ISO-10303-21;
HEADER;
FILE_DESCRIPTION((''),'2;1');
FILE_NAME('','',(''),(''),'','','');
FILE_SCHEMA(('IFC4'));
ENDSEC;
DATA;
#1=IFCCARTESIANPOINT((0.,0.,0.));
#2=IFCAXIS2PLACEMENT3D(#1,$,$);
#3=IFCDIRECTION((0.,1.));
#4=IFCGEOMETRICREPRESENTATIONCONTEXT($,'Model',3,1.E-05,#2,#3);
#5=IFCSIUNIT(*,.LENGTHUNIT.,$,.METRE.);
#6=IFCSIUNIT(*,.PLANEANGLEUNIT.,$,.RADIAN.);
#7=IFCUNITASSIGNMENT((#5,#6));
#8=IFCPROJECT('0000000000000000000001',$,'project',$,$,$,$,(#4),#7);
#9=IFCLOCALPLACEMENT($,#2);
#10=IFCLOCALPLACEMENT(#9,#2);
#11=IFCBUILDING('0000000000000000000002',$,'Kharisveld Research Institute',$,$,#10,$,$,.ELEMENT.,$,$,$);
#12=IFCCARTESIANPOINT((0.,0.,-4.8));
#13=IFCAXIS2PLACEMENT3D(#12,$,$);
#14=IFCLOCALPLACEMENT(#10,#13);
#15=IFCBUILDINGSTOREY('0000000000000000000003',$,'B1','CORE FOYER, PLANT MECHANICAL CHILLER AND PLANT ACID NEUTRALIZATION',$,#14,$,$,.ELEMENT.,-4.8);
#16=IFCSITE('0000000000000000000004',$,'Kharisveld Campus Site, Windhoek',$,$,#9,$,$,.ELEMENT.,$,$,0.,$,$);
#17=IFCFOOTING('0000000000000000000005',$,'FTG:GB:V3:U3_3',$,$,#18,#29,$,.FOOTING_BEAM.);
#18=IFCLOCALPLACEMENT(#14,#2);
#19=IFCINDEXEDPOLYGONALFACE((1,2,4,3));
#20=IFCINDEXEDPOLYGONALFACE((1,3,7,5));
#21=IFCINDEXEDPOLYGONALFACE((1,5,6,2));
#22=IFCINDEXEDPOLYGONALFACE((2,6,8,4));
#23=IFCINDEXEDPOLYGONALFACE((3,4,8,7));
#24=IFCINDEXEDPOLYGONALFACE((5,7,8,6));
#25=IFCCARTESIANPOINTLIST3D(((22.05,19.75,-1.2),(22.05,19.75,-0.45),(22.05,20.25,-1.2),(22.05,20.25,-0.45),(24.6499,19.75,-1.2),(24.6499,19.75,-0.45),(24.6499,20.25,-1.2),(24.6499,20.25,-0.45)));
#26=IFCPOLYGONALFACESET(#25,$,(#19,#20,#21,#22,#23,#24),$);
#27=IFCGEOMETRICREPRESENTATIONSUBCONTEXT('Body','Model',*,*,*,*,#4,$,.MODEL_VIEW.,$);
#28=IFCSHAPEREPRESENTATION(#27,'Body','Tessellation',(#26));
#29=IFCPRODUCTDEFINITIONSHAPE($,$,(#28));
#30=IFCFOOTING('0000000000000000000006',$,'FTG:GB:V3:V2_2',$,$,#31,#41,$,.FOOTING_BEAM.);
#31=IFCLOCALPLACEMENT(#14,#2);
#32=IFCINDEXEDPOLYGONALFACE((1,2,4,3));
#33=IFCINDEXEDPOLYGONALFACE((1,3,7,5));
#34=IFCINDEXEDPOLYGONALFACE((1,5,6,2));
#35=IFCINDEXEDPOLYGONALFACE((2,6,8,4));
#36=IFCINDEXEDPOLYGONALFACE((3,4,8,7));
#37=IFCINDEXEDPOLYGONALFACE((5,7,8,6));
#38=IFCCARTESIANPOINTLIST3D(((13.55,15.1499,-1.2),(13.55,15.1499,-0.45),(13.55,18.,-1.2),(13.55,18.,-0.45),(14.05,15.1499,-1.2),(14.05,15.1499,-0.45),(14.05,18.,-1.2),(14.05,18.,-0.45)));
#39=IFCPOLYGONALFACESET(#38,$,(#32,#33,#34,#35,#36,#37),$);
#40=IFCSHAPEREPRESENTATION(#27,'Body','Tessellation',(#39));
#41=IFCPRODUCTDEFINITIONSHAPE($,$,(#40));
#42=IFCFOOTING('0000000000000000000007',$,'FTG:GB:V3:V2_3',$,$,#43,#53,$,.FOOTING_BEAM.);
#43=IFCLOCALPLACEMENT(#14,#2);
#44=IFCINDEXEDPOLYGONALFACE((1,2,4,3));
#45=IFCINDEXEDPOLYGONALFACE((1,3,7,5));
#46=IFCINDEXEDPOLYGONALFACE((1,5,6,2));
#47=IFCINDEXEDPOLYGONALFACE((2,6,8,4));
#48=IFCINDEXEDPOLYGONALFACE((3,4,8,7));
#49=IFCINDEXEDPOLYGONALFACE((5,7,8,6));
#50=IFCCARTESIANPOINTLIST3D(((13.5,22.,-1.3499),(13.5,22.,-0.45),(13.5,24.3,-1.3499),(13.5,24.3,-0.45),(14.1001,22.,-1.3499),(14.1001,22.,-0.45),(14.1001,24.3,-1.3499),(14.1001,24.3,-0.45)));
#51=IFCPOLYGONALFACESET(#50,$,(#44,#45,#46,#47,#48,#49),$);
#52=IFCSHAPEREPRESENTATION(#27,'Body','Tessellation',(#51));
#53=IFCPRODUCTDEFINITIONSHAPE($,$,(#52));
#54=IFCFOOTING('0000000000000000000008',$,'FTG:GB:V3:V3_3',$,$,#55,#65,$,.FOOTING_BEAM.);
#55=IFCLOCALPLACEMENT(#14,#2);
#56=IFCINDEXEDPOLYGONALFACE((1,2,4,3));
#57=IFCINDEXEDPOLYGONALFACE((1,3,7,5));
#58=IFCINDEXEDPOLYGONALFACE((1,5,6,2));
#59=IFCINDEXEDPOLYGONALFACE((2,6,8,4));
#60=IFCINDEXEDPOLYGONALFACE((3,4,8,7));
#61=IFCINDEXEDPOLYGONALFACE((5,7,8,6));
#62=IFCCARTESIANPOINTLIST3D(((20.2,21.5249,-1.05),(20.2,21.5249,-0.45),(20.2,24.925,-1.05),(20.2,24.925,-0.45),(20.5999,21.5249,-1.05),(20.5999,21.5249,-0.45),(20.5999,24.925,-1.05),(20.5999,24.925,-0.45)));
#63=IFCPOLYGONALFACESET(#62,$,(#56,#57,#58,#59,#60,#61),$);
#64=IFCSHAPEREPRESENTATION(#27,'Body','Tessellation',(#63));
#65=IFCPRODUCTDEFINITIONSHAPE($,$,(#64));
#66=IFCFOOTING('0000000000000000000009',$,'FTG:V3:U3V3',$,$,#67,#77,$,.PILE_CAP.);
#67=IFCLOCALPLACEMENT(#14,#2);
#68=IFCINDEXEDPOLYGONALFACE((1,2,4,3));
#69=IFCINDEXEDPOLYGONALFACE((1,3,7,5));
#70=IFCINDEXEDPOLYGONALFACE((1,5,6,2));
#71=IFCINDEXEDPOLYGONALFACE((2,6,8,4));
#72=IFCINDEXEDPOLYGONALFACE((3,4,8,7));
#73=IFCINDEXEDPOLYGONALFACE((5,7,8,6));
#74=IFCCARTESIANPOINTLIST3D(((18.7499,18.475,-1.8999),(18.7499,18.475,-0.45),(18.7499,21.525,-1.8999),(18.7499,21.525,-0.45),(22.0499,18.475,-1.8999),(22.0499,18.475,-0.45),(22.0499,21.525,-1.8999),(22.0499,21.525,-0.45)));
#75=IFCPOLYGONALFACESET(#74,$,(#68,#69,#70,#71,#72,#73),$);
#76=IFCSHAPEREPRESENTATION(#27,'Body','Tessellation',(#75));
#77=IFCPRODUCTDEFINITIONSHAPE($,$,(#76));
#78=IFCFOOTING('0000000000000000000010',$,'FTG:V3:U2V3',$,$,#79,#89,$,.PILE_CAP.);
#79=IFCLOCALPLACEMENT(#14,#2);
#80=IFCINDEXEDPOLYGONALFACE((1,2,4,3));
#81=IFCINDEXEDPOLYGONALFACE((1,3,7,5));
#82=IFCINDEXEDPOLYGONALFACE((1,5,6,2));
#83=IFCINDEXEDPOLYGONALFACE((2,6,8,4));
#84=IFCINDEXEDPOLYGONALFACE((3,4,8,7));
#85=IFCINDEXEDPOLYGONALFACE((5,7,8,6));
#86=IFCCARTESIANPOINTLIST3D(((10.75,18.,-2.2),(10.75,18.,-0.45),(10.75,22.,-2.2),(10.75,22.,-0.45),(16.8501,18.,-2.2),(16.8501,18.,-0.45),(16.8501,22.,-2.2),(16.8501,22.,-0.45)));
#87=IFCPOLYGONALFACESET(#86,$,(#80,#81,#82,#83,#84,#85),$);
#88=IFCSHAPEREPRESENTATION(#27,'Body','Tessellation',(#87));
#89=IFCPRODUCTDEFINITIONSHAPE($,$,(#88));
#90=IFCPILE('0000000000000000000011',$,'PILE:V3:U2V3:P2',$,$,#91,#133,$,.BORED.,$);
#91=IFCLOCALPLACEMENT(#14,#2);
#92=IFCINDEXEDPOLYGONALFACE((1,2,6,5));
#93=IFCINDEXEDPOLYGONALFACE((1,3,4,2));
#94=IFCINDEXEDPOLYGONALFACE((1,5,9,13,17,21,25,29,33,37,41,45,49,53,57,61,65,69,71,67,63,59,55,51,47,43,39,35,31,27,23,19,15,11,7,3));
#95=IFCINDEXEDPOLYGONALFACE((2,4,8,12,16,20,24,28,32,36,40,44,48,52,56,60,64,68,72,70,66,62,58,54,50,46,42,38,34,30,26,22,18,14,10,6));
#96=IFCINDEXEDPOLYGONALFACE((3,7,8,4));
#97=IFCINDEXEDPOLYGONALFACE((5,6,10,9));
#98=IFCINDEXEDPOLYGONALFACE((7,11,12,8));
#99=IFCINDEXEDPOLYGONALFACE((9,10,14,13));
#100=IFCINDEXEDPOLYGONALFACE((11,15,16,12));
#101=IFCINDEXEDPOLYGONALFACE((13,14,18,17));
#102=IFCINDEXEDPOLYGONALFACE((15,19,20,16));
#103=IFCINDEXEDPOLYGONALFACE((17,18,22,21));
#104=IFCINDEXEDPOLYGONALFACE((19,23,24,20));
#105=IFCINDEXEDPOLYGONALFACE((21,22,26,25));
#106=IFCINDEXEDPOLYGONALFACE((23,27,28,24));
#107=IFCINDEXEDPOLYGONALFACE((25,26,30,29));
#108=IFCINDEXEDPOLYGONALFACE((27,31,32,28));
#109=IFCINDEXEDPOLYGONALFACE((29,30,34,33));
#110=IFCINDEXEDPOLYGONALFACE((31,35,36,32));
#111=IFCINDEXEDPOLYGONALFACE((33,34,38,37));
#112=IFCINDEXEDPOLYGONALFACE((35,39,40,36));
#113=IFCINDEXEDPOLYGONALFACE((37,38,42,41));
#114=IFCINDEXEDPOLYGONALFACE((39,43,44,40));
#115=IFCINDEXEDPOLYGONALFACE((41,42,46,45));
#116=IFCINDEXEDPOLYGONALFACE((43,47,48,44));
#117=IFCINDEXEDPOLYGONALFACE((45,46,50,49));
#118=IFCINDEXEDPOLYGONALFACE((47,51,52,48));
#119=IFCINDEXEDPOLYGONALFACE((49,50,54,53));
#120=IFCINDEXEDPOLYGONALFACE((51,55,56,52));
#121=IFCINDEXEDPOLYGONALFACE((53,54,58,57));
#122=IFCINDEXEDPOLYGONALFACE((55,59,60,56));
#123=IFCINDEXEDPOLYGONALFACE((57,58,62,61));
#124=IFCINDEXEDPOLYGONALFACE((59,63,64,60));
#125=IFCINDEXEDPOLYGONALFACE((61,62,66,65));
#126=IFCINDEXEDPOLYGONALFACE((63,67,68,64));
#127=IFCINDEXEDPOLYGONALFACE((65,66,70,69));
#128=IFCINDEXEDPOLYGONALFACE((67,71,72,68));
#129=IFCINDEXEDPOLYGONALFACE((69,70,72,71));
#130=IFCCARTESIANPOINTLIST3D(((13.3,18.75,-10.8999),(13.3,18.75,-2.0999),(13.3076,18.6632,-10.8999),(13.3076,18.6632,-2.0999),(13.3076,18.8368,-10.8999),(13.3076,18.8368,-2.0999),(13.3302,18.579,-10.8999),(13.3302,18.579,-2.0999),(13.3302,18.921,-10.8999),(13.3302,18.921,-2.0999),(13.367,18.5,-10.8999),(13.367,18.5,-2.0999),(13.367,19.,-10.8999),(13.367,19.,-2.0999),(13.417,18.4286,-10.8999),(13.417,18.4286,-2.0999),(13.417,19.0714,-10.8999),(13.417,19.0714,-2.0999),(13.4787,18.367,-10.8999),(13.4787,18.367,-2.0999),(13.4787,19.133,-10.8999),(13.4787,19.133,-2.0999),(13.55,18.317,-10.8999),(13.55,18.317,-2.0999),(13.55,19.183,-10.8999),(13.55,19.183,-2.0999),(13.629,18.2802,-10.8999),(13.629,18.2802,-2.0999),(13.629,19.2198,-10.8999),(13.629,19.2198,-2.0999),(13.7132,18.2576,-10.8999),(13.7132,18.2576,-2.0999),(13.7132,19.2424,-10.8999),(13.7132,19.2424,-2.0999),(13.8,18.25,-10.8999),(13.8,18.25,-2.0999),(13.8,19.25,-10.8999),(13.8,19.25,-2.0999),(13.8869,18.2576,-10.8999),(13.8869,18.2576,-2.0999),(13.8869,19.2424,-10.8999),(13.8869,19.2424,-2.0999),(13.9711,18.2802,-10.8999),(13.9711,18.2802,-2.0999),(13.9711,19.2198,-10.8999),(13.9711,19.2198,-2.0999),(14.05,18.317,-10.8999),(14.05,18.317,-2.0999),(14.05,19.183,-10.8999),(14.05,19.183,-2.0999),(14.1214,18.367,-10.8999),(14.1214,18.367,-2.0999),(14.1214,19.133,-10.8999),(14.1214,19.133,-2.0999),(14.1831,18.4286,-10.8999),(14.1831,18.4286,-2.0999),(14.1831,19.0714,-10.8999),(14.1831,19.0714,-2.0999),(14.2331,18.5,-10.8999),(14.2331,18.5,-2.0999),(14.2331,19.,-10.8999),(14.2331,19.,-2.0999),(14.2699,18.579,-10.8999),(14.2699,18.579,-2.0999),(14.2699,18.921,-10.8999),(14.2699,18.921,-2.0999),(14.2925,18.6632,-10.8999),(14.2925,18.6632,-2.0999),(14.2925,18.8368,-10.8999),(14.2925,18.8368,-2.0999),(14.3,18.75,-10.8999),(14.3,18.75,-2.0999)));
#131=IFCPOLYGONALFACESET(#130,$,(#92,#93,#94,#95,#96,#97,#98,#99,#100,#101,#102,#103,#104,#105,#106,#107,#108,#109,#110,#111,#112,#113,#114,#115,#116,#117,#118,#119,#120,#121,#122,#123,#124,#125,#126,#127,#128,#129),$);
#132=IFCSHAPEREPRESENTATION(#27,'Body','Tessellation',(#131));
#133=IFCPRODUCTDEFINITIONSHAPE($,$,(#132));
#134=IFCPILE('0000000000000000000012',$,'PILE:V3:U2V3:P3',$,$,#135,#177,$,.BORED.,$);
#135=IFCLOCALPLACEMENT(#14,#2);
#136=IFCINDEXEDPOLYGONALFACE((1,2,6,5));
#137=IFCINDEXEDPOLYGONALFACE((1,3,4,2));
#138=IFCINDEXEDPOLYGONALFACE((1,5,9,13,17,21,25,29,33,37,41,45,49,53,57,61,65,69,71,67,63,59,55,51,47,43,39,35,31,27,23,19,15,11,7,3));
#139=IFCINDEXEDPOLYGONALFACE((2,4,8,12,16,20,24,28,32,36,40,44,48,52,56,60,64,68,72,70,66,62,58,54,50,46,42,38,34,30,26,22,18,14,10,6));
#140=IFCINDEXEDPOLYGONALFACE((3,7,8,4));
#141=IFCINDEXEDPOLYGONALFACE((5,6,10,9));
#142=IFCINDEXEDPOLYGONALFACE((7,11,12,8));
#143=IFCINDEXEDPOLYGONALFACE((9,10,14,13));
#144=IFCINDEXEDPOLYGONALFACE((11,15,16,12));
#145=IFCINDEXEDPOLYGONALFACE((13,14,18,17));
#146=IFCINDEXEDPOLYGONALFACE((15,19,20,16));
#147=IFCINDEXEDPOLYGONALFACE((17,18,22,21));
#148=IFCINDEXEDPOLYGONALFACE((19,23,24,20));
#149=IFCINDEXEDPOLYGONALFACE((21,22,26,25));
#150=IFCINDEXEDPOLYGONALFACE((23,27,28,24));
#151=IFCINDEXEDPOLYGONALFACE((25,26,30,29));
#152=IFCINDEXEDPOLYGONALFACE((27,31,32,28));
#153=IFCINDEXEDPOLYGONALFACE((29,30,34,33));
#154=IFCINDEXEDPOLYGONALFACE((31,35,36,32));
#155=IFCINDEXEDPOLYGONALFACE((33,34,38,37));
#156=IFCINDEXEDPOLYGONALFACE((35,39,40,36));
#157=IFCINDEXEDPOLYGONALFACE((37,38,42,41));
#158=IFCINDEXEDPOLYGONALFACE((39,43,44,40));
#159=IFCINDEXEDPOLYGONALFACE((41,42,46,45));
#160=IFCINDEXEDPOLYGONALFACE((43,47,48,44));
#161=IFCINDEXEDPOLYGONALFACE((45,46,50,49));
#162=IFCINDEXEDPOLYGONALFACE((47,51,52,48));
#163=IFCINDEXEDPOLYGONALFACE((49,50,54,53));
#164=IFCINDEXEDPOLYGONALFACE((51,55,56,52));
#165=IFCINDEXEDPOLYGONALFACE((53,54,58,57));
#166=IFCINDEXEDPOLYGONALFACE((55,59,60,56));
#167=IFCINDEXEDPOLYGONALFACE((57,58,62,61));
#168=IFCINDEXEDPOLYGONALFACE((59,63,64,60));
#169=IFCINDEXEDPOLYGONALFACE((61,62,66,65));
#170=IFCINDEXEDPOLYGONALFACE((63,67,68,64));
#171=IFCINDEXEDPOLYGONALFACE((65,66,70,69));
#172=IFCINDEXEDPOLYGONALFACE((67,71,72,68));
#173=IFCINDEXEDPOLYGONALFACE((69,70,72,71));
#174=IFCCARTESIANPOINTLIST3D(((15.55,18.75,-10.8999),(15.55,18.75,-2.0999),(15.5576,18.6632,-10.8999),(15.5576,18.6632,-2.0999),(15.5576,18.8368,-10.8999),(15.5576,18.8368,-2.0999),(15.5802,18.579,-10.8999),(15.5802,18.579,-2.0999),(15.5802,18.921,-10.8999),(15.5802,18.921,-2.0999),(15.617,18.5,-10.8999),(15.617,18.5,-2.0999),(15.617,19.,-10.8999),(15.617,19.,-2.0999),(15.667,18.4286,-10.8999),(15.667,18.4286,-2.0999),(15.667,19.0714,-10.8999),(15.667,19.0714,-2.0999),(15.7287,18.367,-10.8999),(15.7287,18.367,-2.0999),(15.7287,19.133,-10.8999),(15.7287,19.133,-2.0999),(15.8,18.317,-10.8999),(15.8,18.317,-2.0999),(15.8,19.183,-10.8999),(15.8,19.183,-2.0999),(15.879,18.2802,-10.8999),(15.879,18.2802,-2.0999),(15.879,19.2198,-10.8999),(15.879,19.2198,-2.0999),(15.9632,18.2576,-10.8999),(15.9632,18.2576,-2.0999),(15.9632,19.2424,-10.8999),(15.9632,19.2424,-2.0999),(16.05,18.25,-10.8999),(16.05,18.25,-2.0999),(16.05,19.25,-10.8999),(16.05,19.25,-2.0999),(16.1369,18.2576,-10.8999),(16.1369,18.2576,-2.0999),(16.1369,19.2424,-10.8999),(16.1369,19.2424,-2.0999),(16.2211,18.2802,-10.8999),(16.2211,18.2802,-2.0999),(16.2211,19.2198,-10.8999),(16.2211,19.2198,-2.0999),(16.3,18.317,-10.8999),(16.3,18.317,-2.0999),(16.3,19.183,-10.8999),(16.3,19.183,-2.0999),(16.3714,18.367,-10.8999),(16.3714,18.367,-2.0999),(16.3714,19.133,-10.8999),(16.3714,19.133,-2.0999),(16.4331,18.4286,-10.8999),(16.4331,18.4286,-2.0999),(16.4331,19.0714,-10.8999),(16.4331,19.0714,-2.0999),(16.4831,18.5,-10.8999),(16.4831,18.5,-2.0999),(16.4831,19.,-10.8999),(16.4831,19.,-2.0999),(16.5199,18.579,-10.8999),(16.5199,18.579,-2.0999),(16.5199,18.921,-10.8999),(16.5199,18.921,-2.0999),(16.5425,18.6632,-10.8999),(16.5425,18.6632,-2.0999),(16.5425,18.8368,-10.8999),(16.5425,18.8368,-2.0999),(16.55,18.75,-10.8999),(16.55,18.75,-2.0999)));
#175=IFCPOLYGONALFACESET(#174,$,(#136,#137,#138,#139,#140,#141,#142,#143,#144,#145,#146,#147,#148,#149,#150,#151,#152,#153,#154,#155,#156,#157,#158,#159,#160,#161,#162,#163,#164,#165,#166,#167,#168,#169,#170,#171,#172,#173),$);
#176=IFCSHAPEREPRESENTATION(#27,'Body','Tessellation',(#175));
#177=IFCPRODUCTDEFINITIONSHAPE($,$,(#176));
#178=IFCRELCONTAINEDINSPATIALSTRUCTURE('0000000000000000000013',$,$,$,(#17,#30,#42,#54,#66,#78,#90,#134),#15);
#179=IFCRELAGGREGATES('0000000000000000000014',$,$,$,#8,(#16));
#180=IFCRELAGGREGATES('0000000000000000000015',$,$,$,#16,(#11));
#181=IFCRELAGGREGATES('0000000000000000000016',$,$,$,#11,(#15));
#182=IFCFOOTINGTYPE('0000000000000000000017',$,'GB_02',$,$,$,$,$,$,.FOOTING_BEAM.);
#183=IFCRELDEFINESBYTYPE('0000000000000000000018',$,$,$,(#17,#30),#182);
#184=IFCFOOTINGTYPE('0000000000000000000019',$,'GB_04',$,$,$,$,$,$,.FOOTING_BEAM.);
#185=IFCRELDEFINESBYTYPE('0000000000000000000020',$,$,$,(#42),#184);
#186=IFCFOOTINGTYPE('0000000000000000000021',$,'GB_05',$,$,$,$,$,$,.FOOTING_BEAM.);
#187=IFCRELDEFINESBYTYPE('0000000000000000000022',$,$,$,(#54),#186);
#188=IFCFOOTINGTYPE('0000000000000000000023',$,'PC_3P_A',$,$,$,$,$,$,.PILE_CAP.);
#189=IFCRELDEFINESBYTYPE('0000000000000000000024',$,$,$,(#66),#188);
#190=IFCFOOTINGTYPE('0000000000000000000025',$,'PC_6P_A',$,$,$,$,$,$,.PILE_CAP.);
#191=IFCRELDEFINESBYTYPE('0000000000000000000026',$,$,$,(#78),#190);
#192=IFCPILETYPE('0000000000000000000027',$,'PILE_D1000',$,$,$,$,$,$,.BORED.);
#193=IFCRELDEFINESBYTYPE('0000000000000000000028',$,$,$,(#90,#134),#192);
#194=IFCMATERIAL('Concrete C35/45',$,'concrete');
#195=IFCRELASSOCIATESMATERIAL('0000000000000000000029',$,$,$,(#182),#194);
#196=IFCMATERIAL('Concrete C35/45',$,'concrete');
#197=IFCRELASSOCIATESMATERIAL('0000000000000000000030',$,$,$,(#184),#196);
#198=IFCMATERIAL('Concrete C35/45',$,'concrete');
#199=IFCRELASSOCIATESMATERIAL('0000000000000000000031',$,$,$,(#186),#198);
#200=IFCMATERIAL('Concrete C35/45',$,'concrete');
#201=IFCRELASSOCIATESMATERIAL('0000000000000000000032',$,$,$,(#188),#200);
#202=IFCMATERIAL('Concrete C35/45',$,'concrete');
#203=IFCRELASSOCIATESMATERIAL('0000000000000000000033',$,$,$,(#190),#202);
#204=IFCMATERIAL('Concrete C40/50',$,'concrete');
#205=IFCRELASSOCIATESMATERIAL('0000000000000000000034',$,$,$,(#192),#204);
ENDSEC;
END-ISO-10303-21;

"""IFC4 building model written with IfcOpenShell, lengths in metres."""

from ifc_helpers import new_model, si_unit, direction, frame, origin, origin_2d, place, context, subcontext, project, spatial, rectangle, circle, extrude, material, material_profile, profile_set, type_object, element, save


model = new_model("IFC4")

# Units and contexts
model_context = context("Model", 3, precision=1e-05, world=origin(), true_north=direction((0.0, 1.0)))
body_context = subcontext(model_context, "Body", "Model", "MODEL_VIEW")
ifc_project = project(units=[si_unit("LENGTHUNIT", "METRE"), si_unit("PLANEANGLEUNIT", "RADIAN")], contexts=[model_context])

# Site, building, storey
site_placement = place(None, origin())
site = spatial("IfcSite", under=ifc_project, at=site_placement, Name="Kharisveld Campus Site, Windhoek", CompositionType="ELEMENT", RefElevation=0.0)
building_placement = place(site_placement, origin())
building = spatial("IfcBuilding", under=site, at=building_placement, Name="Kharisveld Research Institute", CompositionType="ELEMENT")
storey_placement = place(building_placement, frame((0.0, 0.0, -4.8)))
storey = spatial("IfcBuildingStorey", under=building, at=storey_placement, Name="B1", Description="CORE FOYER, PLANT MECHANICAL CHILLER AND PLANT ACID NEUTRALIZATION", CompositionType="ELEMENT", Elevation=-4.8)

# Footings
ifc_material_1 = material(Name="Concrete C35/45", Category="concrete")
ifc_material_profile_1 = material_profile(ifc_material_1, rectangle(XDim=0.5, YDim=0.75, at=origin_2d()))
ifc_profile_set_1 = profile_set([ifc_material_profile_1], Name="Concrete C35/45")
footing_type_1 = type_object("IfcFootingType", Name="GB_02", PredefinedType="FOOTING_BEAM", material=ifc_profile_set_1)
footing_1_placement = place(storey_placement, frame((22.05, 20.0, -0.825), z_axis=(1.0, 0.0, 0.0), x_axis=(0.0, 1.0, 0.0)))
element("IfcFooting", 1, at=footing_1_placement, inside=storey, type_object=footing_type_1, Name="FTG:GB:V3:U3_3", PredefinedType="FOOTING_BEAM", context=body_context, shape_type="SweptSolid", body=[
    extrude(rectangle(XDim=0.5, YDim=0.75, at=origin_2d()), origin(), (0.0, 0.0, 1.0), 2.5999),
])
footing_2_placement = place(storey_placement, frame((13.8, 15.1499, -0.825), z_axis=(0.0, 1.0, 0.0), x_axis=(-1.0, 0.0, 0.0)))
element("IfcFooting", 2, at=footing_2_placement, inside=storey, type_object=footing_type_1, Name="FTG:GB:V3:V2_2", PredefinedType="FOOTING_BEAM", context=body_context, shape_type="SweptSolid", body=[
    extrude(rectangle(XDim=0.5, YDim=0.75, at=origin_2d()), origin(), (0.0, 0.0, 1.0), 2.8501),
])
ifc_material_2 = material(Name="Concrete C35/45", Category="concrete")
ifc_material_profile_2 = material_profile(ifc_material_2, rectangle(XDim=0.6001, YDim=0.8999, at=origin_2d()))
ifc_profile_set_2 = profile_set([ifc_material_profile_2], Name="Concrete C35/45")
footing_type_2 = type_object("IfcFootingType", Name="GB_04", PredefinedType="FOOTING_BEAM", material=ifc_profile_set_2)
footing_3_placement = place(storey_placement, frame((13.8, 22.0, -0.8999), z_axis=(0.0, 1.0, 0.0), x_axis=(-1.0, 0.0, 0.0)))
element("IfcFooting", 3, at=footing_3_placement, inside=storey, type_object=footing_type_2, Name="FTG:GB:V3:V2_3", PredefinedType="FOOTING_BEAM", context=body_context, shape_type="SweptSolid", body=[
    extrude(rectangle(XDim=0.6001, YDim=0.8999, at=origin_2d()), origin(), (0.0, 0.0, 1.0), 2.3),
])
ifc_material_3 = material(Name="Concrete C35/45", Category="concrete")
ifc_material_profile_3 = material_profile(ifc_material_3, rectangle(XDim=0.3999, YDim=0.6001, at=origin_2d()))
ifc_profile_set_3 = profile_set([ifc_material_profile_3], Name="Concrete C35/45")
footing_type_3 = type_object("IfcFootingType", Name="GB_05", PredefinedType="FOOTING_BEAM", material=ifc_profile_set_3)
footing_4_placement = place(storey_placement, frame((20.3999, 21.5249, -0.75), z_axis=(0.0, 1.0, 0.0), x_axis=(-1.0, 0.0, 0.0)))
element("IfcFooting", 4, at=footing_4_placement, inside=storey, type_object=footing_type_3, Name="FTG:GB:V3:V3_3", PredefinedType="FOOTING_BEAM", context=body_context, shape_type="SweptSolid", body=[
    extrude(rectangle(XDim=0.3999, YDim=0.6001, at=origin_2d()), origin(), (0.0, 0.0, 1.0), 3.4001),
])
ifc_material_4 = material(Name="Concrete C35/45", Category="concrete")
footing_type_4 = type_object("IfcFootingType", Name="PC_3P_A", PredefinedType="PILE_CAP", material=ifc_material_4)
footing_5_placement = place(storey_placement, frame((20.3999, 20.0, -1.8999), z_axis=(0.0, 0.0, 1.0), x_axis=(1.0, 0.0, 0.0)))
element("IfcFooting", 5, at=footing_5_placement, inside=storey, type_object=footing_type_4, Name="FTG:V3:U3V3", PredefinedType="PILE_CAP", context=body_context, shape_type="SweptSolid", body=[
    extrude(rectangle(XDim=3.3, YDim=3.05, at=origin_2d()), origin(), (0.0, 0.0, 1.0), 1.45),
])
ifc_material_5 = material(Name="Concrete C35/45", Category="concrete")
footing_type_5 = type_object("IfcFootingType", Name="PC_6P_A", PredefinedType="PILE_CAP", material=ifc_material_5)
footing_6_placement = place(storey_placement, frame((13.8, 20.0, -2.2), z_axis=(0.0, 0.0, 1.0), x_axis=(1.0, 0.0, 0.0)))
element("IfcFooting", 6, at=footing_6_placement, inside=storey, type_object=footing_type_5, Name="FTG:V3:U2V3", PredefinedType="PILE_CAP", context=body_context, shape_type="SweptSolid", body=[
    extrude(rectangle(XDim=6.1001, YDim=4.0, at=origin_2d()), origin(), (0.0, 0.0, 1.0), 1.75),
])

# Piles
ifc_material_6 = material(Name="Concrete C40/50", Category="concrete")
ifc_material_profile_4 = material_profile(ifc_material_6, circle(Radius=0.5, at=origin_2d()))
ifc_profile_set_4 = profile_set([ifc_material_profile_4], Name="Concrete C40/50")
pile_type_1 = type_object("IfcPileType", Name="PILE_D1000", PredefinedType="BORED", material=ifc_profile_set_4)
for number, where, z_axis, x_axis, name in (
    (7, (13.8, 18.75, -2.0999), (0.0, 0.0, -1.0), (1.0, 0.0, 0.0), "PILE:V3:U2V3:P2"),
    (8, (16.05, 18.75, -2.0999), (0.0, 0.0, -1.0), (1.0, 0.0, 0.0), "PILE:V3:U2V3:P3"),
):
    element("IfcPile", number, at=place(storey_placement, frame(where, z_axis=z_axis, x_axis=x_axis)), inside=storey, type_object=pile_type_1, Name=name, PredefinedType="BORED", context=body_context, shape_type="SweptSolid", body=[
        extrude(circle(Radius=0.5, at=origin_2d()), origin(), (0.0, 0.0, 1.0), 8.8),
    ])

save(model, "model.ifc")
